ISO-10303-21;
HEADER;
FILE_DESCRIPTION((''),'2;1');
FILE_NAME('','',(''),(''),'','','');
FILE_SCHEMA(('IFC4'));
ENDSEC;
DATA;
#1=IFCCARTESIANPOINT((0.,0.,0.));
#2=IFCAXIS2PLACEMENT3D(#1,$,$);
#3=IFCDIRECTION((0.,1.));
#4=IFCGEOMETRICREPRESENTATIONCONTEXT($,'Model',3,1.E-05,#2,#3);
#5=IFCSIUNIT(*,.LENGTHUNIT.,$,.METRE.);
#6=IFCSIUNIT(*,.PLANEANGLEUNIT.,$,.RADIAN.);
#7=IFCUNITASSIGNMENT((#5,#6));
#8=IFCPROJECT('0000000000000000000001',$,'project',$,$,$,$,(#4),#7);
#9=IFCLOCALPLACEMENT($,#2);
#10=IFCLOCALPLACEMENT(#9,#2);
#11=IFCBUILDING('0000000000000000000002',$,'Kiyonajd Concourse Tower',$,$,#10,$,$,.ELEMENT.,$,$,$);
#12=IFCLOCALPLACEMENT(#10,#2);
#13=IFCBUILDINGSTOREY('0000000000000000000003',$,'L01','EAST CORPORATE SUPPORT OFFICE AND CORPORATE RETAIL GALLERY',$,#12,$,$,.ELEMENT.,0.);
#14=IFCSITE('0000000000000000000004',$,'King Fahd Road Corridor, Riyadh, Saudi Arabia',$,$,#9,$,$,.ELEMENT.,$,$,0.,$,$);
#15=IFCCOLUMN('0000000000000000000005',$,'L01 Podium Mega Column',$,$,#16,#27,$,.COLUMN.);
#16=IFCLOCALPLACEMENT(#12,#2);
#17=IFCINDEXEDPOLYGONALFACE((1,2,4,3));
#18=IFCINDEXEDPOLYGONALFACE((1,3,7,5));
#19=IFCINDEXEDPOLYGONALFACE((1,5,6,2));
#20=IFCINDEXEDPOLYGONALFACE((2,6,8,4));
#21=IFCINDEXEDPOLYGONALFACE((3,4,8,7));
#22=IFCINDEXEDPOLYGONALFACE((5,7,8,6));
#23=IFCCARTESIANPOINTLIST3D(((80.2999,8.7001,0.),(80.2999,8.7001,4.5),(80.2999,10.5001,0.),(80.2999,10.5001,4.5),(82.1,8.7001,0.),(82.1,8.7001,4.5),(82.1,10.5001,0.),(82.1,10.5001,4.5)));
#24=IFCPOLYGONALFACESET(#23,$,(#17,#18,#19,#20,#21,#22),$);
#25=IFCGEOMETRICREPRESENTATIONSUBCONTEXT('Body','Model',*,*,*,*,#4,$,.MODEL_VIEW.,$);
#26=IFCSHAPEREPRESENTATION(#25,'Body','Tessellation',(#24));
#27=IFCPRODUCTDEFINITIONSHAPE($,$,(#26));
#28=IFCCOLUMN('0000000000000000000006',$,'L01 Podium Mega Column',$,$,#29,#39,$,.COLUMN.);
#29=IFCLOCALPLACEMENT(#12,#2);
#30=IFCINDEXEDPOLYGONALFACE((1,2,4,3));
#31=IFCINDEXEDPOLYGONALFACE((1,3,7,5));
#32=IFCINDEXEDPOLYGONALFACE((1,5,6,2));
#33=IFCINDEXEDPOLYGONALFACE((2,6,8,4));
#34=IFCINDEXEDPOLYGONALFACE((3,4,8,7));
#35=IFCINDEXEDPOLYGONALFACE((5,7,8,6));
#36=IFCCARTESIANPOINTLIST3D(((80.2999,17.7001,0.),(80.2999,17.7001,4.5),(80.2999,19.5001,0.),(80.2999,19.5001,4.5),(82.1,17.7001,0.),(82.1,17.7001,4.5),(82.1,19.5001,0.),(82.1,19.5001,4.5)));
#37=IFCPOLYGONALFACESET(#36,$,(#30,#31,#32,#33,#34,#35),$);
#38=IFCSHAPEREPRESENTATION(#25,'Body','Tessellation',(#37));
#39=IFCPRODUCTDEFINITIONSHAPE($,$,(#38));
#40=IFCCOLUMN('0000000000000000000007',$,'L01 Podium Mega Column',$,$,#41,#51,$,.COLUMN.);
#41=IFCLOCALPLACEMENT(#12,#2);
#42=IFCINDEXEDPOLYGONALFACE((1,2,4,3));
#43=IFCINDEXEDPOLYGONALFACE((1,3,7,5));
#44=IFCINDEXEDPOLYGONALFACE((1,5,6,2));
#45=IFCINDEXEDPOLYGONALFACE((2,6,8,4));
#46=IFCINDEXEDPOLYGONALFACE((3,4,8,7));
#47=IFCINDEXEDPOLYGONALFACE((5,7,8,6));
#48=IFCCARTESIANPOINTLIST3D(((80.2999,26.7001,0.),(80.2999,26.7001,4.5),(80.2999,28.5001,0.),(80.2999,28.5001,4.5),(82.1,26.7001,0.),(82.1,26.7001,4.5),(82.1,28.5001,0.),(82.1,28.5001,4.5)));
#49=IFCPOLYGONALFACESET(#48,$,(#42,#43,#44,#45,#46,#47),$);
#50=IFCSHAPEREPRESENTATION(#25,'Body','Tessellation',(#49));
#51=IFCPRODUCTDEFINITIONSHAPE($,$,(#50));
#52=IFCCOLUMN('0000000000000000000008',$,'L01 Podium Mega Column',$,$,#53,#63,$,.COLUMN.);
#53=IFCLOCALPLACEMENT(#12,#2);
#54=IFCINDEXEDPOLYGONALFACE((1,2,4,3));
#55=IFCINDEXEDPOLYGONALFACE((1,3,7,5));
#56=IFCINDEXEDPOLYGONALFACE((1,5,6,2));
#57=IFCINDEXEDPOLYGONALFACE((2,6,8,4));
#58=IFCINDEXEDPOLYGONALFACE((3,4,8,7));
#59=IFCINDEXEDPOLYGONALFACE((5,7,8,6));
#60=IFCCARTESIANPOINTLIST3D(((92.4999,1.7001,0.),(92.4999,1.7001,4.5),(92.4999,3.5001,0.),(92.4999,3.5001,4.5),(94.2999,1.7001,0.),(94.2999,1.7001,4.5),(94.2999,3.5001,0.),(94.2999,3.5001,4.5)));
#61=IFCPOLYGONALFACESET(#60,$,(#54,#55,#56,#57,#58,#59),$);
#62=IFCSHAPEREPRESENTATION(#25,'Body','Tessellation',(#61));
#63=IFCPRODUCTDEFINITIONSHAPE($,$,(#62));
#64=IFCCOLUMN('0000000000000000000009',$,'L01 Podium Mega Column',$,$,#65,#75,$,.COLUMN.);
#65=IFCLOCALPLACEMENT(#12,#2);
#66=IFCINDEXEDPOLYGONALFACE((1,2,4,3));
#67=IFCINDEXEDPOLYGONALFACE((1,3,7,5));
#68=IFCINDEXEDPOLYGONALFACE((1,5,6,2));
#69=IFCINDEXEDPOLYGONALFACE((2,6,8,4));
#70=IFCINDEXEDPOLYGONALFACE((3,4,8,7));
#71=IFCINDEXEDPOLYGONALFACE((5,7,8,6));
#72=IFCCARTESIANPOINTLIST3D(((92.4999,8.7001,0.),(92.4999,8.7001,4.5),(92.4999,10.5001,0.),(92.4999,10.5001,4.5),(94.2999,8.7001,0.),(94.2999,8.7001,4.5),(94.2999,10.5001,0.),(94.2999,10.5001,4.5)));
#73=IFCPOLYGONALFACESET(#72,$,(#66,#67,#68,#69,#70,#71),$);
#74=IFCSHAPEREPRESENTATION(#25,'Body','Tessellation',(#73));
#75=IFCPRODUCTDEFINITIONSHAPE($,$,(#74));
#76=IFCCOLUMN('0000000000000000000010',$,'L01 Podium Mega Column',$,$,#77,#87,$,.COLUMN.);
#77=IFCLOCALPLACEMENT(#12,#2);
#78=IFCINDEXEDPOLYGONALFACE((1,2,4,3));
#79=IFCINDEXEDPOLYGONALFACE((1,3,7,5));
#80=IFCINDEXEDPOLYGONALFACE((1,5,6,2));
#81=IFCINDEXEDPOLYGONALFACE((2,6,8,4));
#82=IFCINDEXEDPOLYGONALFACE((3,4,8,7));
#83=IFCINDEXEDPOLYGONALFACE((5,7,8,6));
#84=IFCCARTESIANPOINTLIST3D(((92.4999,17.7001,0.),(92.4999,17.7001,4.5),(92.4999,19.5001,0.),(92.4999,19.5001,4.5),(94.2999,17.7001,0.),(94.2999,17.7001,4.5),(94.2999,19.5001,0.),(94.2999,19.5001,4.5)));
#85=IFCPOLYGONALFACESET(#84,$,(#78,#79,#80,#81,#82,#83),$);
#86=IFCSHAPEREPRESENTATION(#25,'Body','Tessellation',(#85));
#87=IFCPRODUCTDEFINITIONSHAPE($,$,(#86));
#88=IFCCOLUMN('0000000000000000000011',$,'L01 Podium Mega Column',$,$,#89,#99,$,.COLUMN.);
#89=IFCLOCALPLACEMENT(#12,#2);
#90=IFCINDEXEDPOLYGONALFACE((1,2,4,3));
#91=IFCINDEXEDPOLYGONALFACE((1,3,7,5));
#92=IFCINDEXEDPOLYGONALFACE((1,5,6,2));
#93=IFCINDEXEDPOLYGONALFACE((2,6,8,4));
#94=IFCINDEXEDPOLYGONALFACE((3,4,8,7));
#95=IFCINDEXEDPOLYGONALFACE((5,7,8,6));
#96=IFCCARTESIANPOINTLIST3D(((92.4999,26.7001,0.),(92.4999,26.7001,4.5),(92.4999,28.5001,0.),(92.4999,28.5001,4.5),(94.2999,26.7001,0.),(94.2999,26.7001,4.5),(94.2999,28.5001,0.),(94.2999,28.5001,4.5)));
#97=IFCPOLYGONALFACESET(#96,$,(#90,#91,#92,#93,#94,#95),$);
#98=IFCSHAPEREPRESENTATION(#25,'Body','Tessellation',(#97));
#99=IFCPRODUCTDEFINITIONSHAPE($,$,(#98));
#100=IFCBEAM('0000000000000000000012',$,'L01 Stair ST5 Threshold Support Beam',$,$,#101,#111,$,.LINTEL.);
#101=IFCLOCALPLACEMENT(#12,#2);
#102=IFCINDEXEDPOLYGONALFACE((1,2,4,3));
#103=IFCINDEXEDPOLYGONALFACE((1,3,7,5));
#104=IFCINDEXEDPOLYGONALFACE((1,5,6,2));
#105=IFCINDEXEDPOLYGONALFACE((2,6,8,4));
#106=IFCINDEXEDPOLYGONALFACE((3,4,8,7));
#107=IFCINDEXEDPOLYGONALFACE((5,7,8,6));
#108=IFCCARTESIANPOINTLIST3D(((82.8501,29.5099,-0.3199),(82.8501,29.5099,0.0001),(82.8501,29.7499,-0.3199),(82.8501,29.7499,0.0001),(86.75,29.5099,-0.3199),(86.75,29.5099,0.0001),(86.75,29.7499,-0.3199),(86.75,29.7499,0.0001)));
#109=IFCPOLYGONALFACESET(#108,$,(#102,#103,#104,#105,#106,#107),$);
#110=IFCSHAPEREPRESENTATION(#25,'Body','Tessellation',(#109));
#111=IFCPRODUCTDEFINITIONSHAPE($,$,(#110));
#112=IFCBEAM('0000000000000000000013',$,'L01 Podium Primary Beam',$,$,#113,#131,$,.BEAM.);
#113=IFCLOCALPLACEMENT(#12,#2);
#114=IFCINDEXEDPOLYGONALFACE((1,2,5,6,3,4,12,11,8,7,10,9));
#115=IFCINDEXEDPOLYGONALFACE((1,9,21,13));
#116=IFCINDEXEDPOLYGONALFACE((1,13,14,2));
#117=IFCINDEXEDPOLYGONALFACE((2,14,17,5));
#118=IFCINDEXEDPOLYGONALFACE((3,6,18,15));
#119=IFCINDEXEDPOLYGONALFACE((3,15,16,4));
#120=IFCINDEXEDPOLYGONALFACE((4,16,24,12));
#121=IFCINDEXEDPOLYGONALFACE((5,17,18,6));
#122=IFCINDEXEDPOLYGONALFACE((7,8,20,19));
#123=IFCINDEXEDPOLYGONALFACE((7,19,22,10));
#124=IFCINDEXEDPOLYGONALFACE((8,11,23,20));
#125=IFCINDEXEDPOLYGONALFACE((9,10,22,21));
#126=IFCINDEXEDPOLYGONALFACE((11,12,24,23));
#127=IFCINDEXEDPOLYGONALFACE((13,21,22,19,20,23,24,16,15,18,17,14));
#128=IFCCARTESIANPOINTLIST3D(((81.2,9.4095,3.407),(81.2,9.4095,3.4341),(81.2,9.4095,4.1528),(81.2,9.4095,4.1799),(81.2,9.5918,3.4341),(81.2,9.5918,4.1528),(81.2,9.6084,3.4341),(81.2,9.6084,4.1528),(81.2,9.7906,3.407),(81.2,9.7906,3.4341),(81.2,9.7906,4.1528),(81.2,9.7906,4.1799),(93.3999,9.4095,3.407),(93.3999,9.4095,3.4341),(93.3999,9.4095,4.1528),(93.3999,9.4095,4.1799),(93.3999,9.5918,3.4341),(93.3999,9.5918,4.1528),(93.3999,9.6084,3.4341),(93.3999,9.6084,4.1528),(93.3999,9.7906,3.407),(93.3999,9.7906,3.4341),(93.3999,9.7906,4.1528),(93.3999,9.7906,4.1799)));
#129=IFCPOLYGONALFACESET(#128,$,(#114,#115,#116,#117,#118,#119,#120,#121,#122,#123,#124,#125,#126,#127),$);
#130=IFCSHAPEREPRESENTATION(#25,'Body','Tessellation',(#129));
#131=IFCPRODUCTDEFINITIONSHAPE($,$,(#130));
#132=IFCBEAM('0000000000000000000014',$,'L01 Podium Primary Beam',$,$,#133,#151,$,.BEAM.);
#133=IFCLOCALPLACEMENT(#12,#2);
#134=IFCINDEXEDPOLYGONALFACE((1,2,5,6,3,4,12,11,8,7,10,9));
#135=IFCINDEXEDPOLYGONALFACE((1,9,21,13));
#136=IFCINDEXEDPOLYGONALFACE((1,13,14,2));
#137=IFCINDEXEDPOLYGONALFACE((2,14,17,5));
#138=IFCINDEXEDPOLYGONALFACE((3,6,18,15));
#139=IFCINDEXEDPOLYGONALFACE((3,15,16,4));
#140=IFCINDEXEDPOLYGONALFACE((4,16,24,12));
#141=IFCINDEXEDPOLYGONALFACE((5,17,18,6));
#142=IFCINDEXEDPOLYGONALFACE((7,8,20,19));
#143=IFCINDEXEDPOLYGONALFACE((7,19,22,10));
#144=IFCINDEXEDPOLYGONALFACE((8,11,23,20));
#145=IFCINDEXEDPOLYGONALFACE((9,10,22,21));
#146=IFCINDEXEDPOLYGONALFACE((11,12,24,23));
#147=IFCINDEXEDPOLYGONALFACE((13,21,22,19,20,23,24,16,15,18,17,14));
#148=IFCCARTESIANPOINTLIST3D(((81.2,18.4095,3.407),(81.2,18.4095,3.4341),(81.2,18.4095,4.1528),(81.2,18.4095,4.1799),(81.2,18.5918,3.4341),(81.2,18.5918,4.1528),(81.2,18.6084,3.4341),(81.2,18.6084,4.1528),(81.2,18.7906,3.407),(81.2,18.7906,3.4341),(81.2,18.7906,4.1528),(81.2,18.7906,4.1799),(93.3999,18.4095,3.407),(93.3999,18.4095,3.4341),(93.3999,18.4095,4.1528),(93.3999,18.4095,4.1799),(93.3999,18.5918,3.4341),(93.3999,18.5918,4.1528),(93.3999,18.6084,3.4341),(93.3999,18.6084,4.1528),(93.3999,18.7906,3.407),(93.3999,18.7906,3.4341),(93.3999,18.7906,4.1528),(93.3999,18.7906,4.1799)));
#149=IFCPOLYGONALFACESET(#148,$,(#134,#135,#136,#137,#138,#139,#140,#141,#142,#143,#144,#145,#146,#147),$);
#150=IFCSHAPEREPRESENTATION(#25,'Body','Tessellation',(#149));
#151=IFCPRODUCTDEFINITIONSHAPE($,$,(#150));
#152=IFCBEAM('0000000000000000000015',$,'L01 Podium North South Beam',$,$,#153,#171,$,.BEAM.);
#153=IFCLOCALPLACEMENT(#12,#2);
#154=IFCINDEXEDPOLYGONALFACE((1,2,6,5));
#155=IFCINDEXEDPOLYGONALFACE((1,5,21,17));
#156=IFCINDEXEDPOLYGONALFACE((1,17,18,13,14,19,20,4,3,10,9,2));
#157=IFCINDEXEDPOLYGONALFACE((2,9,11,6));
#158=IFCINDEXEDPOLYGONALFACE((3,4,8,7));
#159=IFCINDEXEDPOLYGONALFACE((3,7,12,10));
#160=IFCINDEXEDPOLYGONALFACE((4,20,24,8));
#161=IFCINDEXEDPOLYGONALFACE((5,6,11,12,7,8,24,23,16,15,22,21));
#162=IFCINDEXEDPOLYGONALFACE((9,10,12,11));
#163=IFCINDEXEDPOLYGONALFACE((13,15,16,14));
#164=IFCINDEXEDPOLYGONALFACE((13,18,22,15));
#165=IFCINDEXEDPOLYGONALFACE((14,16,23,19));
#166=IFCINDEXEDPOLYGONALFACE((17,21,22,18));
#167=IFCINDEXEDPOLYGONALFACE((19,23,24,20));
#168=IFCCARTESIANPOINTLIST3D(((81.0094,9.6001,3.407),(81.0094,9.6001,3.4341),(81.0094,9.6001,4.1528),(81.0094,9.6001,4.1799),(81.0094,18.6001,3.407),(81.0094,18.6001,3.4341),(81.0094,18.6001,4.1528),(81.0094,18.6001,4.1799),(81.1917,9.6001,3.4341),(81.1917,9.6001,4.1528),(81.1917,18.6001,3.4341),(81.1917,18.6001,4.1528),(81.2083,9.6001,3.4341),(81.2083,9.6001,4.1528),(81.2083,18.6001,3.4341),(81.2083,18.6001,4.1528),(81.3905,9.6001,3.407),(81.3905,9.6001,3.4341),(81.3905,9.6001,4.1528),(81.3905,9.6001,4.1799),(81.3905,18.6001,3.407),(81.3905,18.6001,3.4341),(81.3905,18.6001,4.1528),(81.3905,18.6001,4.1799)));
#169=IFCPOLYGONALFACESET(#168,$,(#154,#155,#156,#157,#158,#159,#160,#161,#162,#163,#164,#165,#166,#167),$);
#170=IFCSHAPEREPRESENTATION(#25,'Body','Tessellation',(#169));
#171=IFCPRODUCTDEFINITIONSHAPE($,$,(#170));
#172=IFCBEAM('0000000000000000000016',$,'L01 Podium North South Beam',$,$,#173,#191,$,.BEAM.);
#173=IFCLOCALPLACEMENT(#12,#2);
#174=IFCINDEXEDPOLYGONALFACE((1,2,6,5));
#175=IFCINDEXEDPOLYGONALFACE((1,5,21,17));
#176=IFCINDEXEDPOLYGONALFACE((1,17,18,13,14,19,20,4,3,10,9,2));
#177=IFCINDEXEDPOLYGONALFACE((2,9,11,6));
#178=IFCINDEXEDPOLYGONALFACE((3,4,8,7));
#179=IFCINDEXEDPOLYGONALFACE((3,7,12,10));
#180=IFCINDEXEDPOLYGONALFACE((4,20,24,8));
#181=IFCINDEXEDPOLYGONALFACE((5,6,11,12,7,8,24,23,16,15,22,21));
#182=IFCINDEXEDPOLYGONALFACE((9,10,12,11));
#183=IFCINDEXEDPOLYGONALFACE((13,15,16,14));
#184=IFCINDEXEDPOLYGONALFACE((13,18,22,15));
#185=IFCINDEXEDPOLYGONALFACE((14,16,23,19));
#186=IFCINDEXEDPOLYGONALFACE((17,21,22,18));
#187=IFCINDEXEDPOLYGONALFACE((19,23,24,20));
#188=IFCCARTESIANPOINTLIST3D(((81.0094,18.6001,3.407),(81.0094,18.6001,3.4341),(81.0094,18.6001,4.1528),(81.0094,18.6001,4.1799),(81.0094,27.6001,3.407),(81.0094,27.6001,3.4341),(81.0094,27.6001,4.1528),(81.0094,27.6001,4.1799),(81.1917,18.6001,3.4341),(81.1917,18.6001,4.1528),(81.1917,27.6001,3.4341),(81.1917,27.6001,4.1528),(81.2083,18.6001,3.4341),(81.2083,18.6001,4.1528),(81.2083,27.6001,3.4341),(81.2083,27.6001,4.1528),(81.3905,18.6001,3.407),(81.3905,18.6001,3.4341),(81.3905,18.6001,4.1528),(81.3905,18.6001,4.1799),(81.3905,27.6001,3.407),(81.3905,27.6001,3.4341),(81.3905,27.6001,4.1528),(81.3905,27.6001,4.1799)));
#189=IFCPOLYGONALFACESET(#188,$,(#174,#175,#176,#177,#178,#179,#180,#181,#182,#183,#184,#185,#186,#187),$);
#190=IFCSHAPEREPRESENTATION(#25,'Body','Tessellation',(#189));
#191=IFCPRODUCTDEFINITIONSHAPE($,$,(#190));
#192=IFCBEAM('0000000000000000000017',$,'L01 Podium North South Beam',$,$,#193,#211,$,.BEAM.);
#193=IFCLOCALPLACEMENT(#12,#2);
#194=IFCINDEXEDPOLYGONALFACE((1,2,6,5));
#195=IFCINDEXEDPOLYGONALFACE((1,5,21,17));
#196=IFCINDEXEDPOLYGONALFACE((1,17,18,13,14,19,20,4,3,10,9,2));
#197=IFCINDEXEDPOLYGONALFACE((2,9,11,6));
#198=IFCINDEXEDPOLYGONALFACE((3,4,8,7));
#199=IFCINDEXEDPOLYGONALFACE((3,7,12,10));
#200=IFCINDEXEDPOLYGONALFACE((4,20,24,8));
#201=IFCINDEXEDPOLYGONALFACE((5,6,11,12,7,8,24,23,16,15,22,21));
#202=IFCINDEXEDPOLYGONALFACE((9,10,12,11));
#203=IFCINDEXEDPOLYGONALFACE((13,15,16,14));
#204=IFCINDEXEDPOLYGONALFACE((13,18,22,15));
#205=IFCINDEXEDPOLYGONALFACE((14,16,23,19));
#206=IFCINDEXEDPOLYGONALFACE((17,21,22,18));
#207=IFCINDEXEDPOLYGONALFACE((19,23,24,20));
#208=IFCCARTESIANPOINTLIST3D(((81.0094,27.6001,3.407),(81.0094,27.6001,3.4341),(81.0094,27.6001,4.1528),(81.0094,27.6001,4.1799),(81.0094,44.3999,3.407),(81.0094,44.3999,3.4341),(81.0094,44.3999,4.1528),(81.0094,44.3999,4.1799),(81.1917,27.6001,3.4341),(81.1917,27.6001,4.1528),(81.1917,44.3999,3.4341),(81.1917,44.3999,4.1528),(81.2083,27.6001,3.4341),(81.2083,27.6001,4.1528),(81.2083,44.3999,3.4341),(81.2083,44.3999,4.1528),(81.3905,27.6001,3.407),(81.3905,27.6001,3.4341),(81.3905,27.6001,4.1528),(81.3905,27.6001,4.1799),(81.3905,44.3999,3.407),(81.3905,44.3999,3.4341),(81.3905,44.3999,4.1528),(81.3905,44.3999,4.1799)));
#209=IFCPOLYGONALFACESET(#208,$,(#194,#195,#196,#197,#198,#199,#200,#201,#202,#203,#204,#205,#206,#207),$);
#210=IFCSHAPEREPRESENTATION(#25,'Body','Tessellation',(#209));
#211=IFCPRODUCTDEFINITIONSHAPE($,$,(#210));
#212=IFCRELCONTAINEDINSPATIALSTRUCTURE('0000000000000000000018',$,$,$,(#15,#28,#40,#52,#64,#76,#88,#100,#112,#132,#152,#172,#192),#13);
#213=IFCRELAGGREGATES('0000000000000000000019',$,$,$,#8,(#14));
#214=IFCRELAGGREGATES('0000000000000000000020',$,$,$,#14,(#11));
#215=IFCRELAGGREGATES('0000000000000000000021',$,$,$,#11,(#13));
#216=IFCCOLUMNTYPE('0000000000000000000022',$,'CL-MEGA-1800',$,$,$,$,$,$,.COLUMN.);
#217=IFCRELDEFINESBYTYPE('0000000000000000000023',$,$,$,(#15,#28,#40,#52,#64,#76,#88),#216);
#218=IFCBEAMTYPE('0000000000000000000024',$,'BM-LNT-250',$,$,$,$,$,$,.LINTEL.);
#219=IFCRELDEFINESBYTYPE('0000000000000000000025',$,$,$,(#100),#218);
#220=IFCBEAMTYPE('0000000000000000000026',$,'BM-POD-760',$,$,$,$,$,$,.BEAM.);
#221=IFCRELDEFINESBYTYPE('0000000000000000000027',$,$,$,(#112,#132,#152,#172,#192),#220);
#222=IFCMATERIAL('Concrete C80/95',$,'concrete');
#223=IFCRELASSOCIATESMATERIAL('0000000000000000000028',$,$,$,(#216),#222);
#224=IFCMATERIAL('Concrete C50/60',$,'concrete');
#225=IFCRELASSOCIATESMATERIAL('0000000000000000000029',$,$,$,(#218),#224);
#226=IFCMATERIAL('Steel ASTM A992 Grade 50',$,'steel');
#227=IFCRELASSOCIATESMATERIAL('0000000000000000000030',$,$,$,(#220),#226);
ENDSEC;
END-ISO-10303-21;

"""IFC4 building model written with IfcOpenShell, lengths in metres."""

from ifc_helpers import new_model, si_unit, direction, frame, origin, origin_2d, place, context, subcontext, project, spatial, rectangle, i_section, extrude, material, material_profile, profile_set, type_object, element, save


model = new_model("IFC4")

# Units and contexts
model_context = context("Model", 3, precision=1e-05, world=origin(), true_north=direction((0.0, 1.0)))
body_context = subcontext(model_context, "Body", "Model", "MODEL_VIEW")
ifc_project = project(units=[si_unit("LENGTHUNIT", "METRE"), si_unit("PLANEANGLEUNIT", "RADIAN")], contexts=[model_context])

# Site, building, storey
site_placement = place(None, origin())
site = spatial("IfcSite", under=ifc_project, at=site_placement, Name="King Fahd Road Corridor, Riyadh, Saudi Arabia", CompositionType="ELEMENT", RefElevation=0.0)
building_placement = place(site_placement, origin())
building = spatial("IfcBuilding", under=site, at=building_placement, Name="Kiyonajd Concourse Tower", CompositionType="ELEMENT")
storey_placement = place(building_placement, origin())
storey = spatial("IfcBuildingStorey", under=building, at=storey_placement, Name="L01", Description="EAST CORPORATE SUPPORT OFFICE AND CORPORATE RETAIL GALLERY", CompositionType="ELEMENT", Elevation=0.0)

# Columns
ifc_material_1 = material(Name="Concrete C80/95", Category="concrete")
ifc_material_profile_1 = material_profile(ifc_material_1, rectangle(XDim=1.8, YDim=1.8, at=origin_2d()), Name="RC-1800x1800")
ifc_profile_set_1 = profile_set([ifc_material_profile_1], Name="Concrete C80/95")
column_type = type_object("IfcColumnType", Name="CL-MEGA-1800", PredefinedType="COLUMN", material=ifc_profile_set_1)
for number, where, z_axis, x_axis, name in (
    (1, (81.2, 9.6001, 0.0), (0.0, 0.0, 1.0), (1.0, 0.0, 0.0), "L01 Podium Mega Column"),
    (2, (81.2, 18.6001, 0.0), (0.0, 0.0, 1.0), (1.0, 0.0, 0.0), "L01 Podium Mega Column"),
    (3, (81.2, 27.6001, 0.0), (0.0, 0.0, 1.0), (1.0, 0.0, 0.0), "L01 Podium Mega Column"),
    (4, (93.3999, 2.6001, 0.0), (0.0, 0.0, 1.0), (1.0, 0.0, 0.0), "L01 Podium Mega Column"),
    (5, (93.3999, 9.6001, 0.0), (0.0, 0.0, 1.0), (1.0, 0.0, 0.0), "L01 Podium Mega Column"),
    (6, (93.3999, 18.6001, 0.0), (0.0, 0.0, 1.0), (1.0, 0.0, 0.0), "L01 Podium Mega Column"),
    (7, (93.3999, 27.6001, 0.0), (0.0, 0.0, 1.0), (1.0, 0.0, 0.0), "L01 Podium Mega Column"),
):
    element("IfcColumn", number, at=place(storey_placement, frame(where, z_axis=z_axis, x_axis=x_axis)), inside=storey, type_object=column_type, Name=name, PredefinedType="COLUMN", context=body_context, shape_type="SweptSolid", body=[
        extrude(rectangle(XDim=1.8, YDim=1.8, at=origin_2d()), origin(), (0.0, 0.0, 1.0), 4.5),
    ])

# Beams
ifc_material_2 = material(Name="Concrete C50/60", Category="concrete")
ifc_material_profile_2 = material_profile(ifc_material_2, rectangle(XDim=0.24, YDim=0.3201, at=origin_2d()), Name="RCBM-240x320")
ifc_profile_set_2 = profile_set([ifc_material_profile_2], Name="Concrete C50/60")
beam_type_1 = type_object("IfcBeamType", Name="BM-LNT-250", PredefinedType="LINTEL", material=ifc_profile_set_2)
beam_1_placement = place(storey_placement, frame((82.8501, 29.6299, -0.1599), z_axis=(1.0, 0.0, 0.0), x_axis=(0.0, 1.0, 0.0)))
element("IfcBeam", 8, at=beam_1_placement, inside=storey, type_object=beam_type_1, Name="L01 Stair ST5 Threshold Support Beam", PredefinedType="LINTEL", context=body_context, shape_type="SweptSolid", body=[
    extrude(rectangle(XDim=0.24, YDim=0.3201, at=origin_2d()), origin(), (0.0, 0.0, 1.0), 3.8999),
])
ifc_material_3 = material(Name="Steel ASTM A992 Grade 50", Category="steel")
ifc_material_profile_3 = material_profile(ifc_material_3, i_section(OverallWidth=0.3811, OverallDepth=0.7729, WebThickness=0.0166, FlangeThickness=0.0271, at=origin_2d()), Name="W760X257")
ifc_profile_set_3 = profile_set([ifc_material_profile_3], Name="Steel ASTM A992 Grade 50")
beam_type_2 = type_object("IfcBeamType", Name="BM-POD-760", PredefinedType="BEAM", material=ifc_profile_set_3)
for number, where, z_axis, x_axis, name in (
    (9, (81.2, 9.6001, 3.7935), (1.0, 0.0, 0.0), (0.0, 1.0, 0.0), "L01 Podium Primary Beam"),
    (10, (81.2, 18.6001, 3.7935), (1.0, 0.0, 0.0), (0.0, 1.0, 0.0), "L01 Podium Primary Beam"),
):
    element("IfcBeam", number, at=place(storey_placement, frame(where, z_axis=z_axis, x_axis=x_axis)), inside=storey, type_object=beam_type_2, Name=name, PredefinedType="BEAM", context=body_context, shape_type="SweptSolid", body=[
        extrude(i_section(OverallWidth=0.3811, OverallDepth=0.7729, WebThickness=0.0166, FlangeThickness=0.0271, at=origin_2d()), origin(), (0.0, 0.0, 1.0), 12.2),
    ])
for number, where, z_axis, x_axis, name in (
    (11, (81.2, 9.6001, 3.7935), (0.0, 1.0, 0.0), (-1.0, 0.0, 0.0), "L01 Podium North South Beam"),
    (12, (81.2, 18.6001, 3.7935), (0.0, 1.0, 0.0), (-1.0, 0.0, 0.0), "L01 Podium North South Beam"),
):
    element("IfcBeam", number, at=place(storey_placement, frame(where, z_axis=z_axis, x_axis=x_axis)), inside=storey, type_object=beam_type_2, Name=name, PredefinedType="BEAM", context=body_context, shape_type="SweptSolid", body=[
        extrude(i_section(OverallWidth=0.3811, OverallDepth=0.7729, WebThickness=0.0166, FlangeThickness=0.0271, at=origin_2d()), origin(), (0.0, 0.0, 1.0), 9.0),
    ])
beam_2_placement = place(storey_placement, frame((81.2, 27.6001, 3.7935), z_axis=(0.0, 1.0, 0.0), x_axis=(-1.0, 0.0, 0.0)))
element("IfcBeam", 13, at=beam_2_placement, inside=storey, type_object=beam_type_2, Name="L01 Podium North South Beam", PredefinedType="BEAM", context=body_context, shape_type="SweptSolid", body=[
    extrude(i_section(OverallWidth=0.3811, OverallDepth=0.7729, WebThickness=0.0166, FlangeThickness=0.0271, at=origin_2d()), origin(), (0.0, 0.0, 1.0), 16.7998),
])

save(model, "model.ifc")
